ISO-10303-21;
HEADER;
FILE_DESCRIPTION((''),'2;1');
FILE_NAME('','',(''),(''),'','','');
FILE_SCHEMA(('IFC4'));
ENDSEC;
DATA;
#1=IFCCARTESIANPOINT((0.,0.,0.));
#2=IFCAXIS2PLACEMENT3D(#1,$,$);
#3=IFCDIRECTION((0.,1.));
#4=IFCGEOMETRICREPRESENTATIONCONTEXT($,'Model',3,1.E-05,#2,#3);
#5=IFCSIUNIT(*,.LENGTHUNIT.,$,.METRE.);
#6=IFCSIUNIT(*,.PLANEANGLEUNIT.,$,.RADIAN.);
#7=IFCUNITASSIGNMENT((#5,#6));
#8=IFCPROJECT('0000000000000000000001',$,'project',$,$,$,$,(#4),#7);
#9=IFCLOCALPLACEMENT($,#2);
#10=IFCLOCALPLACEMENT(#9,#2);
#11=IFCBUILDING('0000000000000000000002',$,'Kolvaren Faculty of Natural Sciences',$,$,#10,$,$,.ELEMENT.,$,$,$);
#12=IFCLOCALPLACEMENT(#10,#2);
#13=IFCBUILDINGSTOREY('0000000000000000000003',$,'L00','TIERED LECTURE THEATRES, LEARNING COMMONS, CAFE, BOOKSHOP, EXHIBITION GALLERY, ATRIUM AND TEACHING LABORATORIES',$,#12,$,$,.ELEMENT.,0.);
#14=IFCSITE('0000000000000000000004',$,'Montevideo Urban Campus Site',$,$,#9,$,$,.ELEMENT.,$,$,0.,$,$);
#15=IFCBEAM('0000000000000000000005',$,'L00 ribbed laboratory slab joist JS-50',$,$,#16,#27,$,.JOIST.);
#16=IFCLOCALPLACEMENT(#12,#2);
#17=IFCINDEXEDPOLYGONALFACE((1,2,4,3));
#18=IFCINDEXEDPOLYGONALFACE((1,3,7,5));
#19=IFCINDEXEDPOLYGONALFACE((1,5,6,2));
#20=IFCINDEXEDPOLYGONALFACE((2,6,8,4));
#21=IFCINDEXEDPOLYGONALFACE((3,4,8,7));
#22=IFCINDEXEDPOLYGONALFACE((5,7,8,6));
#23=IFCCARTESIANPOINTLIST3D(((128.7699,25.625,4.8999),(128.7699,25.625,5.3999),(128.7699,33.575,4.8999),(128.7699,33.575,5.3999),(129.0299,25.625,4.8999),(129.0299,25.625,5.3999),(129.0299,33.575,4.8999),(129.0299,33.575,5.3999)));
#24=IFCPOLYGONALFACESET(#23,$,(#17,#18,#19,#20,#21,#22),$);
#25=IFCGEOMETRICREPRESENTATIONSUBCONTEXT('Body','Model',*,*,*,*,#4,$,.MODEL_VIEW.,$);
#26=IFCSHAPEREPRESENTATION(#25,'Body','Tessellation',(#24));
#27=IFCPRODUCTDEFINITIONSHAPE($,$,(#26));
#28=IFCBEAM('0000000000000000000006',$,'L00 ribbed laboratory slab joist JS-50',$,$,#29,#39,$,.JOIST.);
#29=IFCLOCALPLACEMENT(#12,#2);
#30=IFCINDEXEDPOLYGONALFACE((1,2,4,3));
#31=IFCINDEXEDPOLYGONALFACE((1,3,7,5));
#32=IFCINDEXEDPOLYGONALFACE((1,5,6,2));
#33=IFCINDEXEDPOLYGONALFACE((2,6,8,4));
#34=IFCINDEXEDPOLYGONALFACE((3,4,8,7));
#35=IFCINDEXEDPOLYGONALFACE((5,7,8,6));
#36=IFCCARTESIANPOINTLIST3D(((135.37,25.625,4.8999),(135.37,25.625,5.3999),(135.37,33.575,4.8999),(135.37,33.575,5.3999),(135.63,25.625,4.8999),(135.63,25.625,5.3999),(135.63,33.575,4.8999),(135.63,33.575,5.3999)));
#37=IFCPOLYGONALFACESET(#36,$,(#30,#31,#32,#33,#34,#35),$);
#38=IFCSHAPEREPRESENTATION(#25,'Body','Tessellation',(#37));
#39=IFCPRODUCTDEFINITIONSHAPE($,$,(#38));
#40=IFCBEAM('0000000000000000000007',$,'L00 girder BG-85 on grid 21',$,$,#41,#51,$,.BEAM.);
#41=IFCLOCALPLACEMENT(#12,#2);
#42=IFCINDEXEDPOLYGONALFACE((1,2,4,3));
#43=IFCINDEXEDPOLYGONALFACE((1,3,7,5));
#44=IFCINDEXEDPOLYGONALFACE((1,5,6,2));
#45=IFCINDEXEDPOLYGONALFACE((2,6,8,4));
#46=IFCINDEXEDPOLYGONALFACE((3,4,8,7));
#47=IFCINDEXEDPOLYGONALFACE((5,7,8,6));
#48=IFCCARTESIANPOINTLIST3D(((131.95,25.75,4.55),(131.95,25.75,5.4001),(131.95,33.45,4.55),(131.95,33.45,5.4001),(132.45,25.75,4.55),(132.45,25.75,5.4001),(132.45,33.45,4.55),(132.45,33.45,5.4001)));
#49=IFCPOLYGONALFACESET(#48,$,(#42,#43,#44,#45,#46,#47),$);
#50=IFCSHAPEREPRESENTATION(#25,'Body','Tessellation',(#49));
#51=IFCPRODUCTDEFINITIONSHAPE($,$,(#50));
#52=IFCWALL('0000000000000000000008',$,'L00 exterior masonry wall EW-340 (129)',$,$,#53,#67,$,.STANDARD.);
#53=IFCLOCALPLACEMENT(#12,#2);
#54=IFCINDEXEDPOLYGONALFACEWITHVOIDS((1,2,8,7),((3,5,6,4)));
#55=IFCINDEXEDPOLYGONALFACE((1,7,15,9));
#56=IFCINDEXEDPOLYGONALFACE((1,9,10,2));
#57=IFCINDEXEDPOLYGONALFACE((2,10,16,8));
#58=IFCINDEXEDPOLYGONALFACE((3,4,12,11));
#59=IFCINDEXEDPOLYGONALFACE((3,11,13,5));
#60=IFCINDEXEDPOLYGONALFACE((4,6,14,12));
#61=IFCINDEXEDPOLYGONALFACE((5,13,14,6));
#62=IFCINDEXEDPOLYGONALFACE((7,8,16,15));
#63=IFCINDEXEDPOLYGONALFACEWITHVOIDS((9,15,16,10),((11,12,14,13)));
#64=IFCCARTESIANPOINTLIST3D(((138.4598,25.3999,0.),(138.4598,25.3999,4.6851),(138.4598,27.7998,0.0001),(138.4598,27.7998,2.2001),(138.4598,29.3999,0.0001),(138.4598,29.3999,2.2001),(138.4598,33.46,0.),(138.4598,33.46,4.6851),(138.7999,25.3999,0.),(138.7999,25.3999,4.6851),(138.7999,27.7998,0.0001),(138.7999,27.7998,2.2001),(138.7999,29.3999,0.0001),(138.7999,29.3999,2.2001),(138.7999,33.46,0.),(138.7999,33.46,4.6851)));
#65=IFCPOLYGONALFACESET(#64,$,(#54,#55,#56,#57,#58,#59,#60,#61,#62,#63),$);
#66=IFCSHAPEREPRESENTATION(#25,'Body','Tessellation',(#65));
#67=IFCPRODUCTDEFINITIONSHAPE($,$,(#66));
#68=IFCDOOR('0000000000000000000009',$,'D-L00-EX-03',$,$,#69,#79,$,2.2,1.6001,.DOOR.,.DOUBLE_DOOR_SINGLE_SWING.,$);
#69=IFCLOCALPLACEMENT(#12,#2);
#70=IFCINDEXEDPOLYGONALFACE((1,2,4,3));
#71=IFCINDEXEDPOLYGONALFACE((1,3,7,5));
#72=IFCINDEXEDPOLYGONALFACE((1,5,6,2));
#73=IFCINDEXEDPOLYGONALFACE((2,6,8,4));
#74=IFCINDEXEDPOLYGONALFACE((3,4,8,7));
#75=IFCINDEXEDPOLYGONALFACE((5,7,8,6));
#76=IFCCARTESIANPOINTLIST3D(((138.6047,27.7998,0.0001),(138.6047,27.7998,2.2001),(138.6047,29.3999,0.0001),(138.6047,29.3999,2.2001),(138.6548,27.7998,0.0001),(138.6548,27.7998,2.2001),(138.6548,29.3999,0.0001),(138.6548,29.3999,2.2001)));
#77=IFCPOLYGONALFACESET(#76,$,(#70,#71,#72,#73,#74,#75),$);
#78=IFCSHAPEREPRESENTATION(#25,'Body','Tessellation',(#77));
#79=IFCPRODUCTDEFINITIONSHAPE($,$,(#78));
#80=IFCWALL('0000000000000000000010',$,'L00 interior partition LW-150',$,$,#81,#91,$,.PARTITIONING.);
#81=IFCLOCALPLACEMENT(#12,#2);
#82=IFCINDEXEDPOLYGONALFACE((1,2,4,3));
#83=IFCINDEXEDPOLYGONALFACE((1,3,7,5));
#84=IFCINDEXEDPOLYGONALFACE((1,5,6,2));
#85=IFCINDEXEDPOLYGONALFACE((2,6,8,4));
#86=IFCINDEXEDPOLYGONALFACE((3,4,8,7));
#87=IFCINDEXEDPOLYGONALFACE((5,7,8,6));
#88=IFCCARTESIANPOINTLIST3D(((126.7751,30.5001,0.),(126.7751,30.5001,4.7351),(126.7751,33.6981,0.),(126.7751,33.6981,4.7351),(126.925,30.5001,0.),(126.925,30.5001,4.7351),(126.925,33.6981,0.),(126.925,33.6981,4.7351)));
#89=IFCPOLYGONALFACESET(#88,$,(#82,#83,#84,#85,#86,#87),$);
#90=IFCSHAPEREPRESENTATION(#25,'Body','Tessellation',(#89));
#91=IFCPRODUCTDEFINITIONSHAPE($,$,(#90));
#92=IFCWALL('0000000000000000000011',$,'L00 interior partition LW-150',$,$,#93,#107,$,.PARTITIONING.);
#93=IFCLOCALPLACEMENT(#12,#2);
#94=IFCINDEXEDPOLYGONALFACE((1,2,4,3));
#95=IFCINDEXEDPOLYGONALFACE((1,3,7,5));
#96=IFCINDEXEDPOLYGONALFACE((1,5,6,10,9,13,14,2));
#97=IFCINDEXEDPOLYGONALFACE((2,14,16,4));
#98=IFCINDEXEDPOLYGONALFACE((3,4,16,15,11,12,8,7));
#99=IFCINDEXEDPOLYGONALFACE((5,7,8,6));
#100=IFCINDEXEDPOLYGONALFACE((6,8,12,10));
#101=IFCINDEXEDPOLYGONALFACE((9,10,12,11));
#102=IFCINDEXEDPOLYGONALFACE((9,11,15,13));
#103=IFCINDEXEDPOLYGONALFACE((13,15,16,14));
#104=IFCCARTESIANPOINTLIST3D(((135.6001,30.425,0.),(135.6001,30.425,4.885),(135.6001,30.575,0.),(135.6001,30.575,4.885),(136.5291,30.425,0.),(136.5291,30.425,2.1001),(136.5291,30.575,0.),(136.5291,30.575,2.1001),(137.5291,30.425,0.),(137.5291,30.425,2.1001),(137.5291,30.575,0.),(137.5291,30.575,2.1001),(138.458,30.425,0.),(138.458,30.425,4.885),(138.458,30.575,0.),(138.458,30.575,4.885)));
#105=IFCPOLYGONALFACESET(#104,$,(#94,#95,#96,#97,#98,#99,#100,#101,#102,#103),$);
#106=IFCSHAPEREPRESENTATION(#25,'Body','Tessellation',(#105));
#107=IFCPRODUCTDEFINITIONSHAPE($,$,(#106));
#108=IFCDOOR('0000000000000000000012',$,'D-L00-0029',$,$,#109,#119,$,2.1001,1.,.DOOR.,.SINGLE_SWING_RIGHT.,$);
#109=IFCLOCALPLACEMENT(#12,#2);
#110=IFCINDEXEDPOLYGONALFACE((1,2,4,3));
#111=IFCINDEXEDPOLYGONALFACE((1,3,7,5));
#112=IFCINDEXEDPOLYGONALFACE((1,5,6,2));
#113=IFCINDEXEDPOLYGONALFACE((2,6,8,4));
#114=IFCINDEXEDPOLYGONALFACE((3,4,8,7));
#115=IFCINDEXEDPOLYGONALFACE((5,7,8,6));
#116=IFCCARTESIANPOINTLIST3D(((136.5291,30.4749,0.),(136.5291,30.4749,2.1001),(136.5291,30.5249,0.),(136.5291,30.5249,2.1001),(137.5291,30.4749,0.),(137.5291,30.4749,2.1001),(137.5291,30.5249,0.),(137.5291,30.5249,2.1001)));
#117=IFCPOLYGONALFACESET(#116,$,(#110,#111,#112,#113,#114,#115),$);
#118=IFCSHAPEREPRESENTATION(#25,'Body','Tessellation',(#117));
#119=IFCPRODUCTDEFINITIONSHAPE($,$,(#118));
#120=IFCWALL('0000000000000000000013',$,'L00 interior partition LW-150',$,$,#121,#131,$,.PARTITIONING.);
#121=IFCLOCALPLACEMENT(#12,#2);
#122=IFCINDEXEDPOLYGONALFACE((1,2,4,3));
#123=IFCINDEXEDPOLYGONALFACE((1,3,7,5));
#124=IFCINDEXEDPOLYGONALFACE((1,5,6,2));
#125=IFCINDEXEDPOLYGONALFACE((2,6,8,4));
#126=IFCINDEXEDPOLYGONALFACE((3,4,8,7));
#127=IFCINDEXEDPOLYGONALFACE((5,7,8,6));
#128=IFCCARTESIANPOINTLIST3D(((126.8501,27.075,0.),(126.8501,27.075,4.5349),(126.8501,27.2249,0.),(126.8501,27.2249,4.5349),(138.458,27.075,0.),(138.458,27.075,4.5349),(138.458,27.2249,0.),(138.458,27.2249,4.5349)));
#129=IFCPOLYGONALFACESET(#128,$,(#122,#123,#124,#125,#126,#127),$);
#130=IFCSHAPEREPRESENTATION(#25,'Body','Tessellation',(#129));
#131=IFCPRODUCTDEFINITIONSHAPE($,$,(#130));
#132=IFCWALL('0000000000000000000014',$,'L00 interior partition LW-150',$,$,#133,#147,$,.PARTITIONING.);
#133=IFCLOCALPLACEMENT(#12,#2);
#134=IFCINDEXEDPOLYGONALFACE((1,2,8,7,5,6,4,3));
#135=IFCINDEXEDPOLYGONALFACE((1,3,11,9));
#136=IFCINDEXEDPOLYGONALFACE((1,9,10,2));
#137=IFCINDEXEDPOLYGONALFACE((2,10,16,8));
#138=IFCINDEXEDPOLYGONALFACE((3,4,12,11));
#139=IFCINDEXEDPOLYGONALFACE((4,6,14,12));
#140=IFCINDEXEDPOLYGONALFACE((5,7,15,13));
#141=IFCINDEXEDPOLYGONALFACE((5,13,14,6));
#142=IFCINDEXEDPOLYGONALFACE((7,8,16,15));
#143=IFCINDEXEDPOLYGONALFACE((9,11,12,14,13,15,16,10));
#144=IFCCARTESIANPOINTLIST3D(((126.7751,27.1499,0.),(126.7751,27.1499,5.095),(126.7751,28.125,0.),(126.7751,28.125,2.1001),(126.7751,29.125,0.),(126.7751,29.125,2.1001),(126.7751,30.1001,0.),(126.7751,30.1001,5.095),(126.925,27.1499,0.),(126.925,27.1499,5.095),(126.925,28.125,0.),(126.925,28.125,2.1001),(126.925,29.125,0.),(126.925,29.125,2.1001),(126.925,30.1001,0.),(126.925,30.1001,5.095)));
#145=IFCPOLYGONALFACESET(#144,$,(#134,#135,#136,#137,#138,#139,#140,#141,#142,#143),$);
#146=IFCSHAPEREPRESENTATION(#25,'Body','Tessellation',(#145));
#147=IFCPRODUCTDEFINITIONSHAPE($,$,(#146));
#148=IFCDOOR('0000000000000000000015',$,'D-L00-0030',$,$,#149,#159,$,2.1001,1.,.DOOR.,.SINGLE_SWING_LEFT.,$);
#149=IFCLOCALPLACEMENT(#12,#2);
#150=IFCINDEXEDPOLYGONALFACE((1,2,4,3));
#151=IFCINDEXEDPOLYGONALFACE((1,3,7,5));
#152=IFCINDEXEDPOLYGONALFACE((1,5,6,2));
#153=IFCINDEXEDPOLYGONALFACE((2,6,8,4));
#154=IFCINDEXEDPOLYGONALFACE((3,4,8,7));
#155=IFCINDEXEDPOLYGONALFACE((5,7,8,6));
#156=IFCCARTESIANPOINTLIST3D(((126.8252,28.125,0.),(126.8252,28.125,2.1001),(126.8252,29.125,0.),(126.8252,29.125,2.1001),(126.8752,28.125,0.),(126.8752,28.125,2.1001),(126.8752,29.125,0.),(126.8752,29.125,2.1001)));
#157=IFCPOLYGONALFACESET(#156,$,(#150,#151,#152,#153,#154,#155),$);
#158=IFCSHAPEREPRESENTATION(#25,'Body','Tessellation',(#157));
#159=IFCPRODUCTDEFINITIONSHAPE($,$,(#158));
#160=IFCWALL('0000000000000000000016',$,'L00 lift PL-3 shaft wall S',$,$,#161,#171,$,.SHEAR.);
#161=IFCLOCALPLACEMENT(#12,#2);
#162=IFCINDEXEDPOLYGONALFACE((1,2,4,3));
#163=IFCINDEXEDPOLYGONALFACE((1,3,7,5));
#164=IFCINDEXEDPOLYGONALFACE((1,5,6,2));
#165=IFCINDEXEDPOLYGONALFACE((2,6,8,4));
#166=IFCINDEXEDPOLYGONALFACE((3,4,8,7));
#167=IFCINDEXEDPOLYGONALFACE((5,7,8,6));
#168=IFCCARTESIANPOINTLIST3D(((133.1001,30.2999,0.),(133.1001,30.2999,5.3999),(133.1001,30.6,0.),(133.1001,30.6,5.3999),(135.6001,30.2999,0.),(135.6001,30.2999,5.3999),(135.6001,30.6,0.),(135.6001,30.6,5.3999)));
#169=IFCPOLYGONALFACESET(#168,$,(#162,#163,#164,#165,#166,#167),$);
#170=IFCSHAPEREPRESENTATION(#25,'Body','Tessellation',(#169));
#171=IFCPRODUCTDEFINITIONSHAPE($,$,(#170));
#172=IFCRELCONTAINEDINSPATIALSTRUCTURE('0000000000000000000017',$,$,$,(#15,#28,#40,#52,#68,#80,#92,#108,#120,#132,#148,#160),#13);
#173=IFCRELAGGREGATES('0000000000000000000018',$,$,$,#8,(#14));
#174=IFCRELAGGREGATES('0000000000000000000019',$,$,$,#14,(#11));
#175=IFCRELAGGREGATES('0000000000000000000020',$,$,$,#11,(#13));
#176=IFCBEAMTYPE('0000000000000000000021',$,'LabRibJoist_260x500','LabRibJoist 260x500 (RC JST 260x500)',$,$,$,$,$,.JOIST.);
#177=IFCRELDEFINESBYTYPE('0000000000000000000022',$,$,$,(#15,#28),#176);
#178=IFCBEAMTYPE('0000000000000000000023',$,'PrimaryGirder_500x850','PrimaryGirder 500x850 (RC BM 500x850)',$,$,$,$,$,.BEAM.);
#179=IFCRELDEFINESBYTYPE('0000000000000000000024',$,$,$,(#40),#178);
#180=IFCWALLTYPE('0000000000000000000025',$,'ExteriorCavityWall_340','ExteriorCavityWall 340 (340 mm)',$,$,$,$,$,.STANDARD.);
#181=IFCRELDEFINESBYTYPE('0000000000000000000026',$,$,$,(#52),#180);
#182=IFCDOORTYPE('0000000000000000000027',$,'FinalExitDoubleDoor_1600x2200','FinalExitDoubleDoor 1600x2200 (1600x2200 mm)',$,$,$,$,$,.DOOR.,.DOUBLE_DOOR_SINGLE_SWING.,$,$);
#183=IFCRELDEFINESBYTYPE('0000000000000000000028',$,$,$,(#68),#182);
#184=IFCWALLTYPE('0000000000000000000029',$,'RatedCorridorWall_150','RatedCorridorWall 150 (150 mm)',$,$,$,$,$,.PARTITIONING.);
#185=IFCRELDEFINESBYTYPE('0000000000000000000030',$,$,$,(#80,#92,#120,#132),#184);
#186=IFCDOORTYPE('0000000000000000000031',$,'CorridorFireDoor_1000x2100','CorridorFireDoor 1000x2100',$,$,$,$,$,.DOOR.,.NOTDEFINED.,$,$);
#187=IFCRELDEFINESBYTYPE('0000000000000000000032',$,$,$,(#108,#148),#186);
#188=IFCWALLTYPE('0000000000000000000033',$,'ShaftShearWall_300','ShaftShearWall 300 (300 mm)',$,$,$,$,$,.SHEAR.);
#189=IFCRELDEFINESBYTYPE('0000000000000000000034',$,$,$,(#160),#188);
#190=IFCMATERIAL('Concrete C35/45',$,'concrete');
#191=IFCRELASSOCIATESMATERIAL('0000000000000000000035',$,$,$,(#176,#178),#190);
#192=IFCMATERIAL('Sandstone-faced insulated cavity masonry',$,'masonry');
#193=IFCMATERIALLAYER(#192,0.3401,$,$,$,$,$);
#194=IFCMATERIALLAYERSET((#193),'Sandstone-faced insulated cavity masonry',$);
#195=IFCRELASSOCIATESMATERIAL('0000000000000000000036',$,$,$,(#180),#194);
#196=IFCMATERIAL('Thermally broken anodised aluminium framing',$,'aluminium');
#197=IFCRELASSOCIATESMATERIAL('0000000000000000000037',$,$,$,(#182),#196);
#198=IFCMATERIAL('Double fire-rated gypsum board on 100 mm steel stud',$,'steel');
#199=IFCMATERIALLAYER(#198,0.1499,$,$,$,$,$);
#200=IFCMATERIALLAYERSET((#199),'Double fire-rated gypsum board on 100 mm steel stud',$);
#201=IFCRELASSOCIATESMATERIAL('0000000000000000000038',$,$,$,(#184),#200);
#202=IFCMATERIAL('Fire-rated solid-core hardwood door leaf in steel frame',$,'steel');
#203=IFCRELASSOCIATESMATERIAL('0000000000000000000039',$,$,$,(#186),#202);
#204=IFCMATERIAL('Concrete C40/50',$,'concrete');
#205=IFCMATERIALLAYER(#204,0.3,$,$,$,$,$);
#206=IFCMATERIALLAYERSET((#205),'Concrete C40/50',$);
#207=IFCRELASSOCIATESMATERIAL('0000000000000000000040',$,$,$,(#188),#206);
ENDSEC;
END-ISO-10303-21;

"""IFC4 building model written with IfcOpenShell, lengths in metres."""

from ifc_helpers import new_model, si_unit, direction, frame, frame_2d, origin, origin_2d, place, context, subcontext, project, spatial, rectangle, extrude, material, layer, layer_set, material_profile, profile_set, type_object, element, fill, save


model = new_model("IFC4")

# Units and contexts
model_context = context("Model", 3, precision=1e-05, world=origin(), true_north=direction((0.0, 1.0)))
body_context = subcontext(model_context, "Body", "Model", "MODEL_VIEW")
ifc_project = project(units=[si_unit("LENGTHUNIT", "METRE"), si_unit("PLANEANGLEUNIT", "RADIAN")], contexts=[model_context])

# Site, building, storey
site_placement = place(None, origin())
site = spatial("IfcSite", under=ifc_project, at=site_placement, Name="Montevideo Urban Campus Site", CompositionType="ELEMENT", RefElevation=0.0)
building_placement = place(site_placement, origin())
building = spatial("IfcBuilding", under=site, at=building_placement, Name="Kolvaren Faculty of Natural Sciences", CompositionType="ELEMENT")
storey_placement = place(building_placement, origin())
storey = spatial("IfcBuildingStorey", under=building, at=storey_placement, Name="L00", Description="TIERED LECTURE THEATRES, LEARNING COMMONS, CAFE, BOOKSHOP, EXHIBITION GALLERY, ATRIUM AND TEACHING LABORATORIES", CompositionType="ELEMENT", Elevation=0.0)

# Beams
ifc_material_1 = material(Name="Concrete C35/45", Category="concrete")
ifc_material_profile_1 = material_profile(ifc_material_1, rectangle(XDim=0.26, YDim=0.5, at=origin_2d()), Name="RC JST 260x500")
ifc_profile_set_1 = profile_set([ifc_material_profile_1], Name="Concrete C35/45")
beam_type_1 = type_object("IfcBeamType", Name="LabRibJoist_260x500", Description="LabRibJoist 260x500 (RC JST 260x500)", PredefinedType="JOIST", material=ifc_profile_set_1)
for number, where, z_axis, x_axis, name in (
    (1, (128.8999, 25.625, 5.1499), (0.0, 1.0, 0.0), (-1.0, 0.0, 0.0), "L00 ribbed laboratory slab joist JS-50"),
    (2, (135.5, 25.625, 5.1499), (0.0, 1.0, 0.0), (-1.0, 0.0, 0.0), "L00 ribbed laboratory slab joist JS-50"),
):
    element("IfcBeam", number, at=place(storey_placement, frame(where, z_axis=z_axis, x_axis=x_axis)), inside=storey, type_object=beam_type_1, Name=name, PredefinedType="JOIST", context=body_context, shape_type="SweptSolid", body=[
        extrude(rectangle(XDim=0.26, YDim=0.5, at=origin_2d()), origin(), (0.0, 0.0, 1.0), 7.95),
    ])
ifc_material_profile_2 = material_profile(ifc_material_1, rectangle(XDim=0.5, YDim=0.8501, at=origin_2d()), Name="RC BM 500x850")
ifc_profile_set_2 = profile_set([ifc_material_profile_2], Name="Concrete C35/45")
beam_type_2 = type_object("IfcBeamType", Name="PrimaryGirder_500x850", Description="PrimaryGirder 500x850 (RC BM 500x850)", PredefinedType="BEAM", material=ifc_profile_set_2)
beam_placement = place(storey_placement, frame((132.2, 25.75, 4.9751), z_axis=(0.0, 1.0, 0.0), x_axis=(-1.0, 0.0, 0.0)))
element("IfcBeam", 3, at=beam_placement, inside=storey, type_object=beam_type_2, Name="L00 girder BG-85 on grid 21", PredefinedType="BEAM", context=body_context, shape_type="SweptSolid", body=[
    extrude(rectangle(XDim=0.5, YDim=0.8501, at=origin_2d()), origin(), (0.0, 0.0, 1.0), 7.7),
])

# Wall, opening, door
ifc_material_2 = material(Name="Sandstone-faced insulated cavity masonry", Category="masonry")
ifc_layer_1 = layer(ifc_material_2, 0.3401)
ifc_layer_set_1 = layer_set([ifc_layer_1], Name="Sandstone-faced insulated cavity masonry")
wall_type_1 = type_object("IfcWallType", Name="ExteriorCavityWall_340", Description="ExteriorCavityWall 340 (340 mm)", PredefinedType="STANDARD", material=ifc_layer_set_1)
wall_1_placement = place(storey_placement, frame((138.6299, 33.46, 0.0), z_axis=(0.0, 0.0, 1.0), x_axis=(0.0, -1.0, 0.0)))
wall_1 = element("IfcWall", 4, at=wall_1_placement, inside=storey, type_object=wall_type_1, Name="L00 exterior masonry wall EW-340 (129)", PredefinedType="STANDARD", context=body_context, shape_type="SweptSolid", body=[
    extrude(rectangle(XDim=8.0601, YDim=0.3401, at=frame_2d((4.03, 0.0))), origin(), (0.0, 0.0, 1.0), 4.6851),
])
opening_1_placement = place(wall_1_placement, frame((4.0601, 0.0, 0.0)))
opening_1 = element("IfcOpeningElement", 5, at=opening_1_placement, cuts=wall_1, PredefinedType="OPENING", context=body_context, shape_type="SweptSolid", body=[
    extrude(rectangle(XDim=1.6001, YDim=2.2, at=frame_2d((0.8, 1.1001))), frame((0.0, 0.1799, 0.0), z_axis=(0.0, -1.0, 0.0), x_axis=(1.0, 0.0, 0.0)), (0.0, 0.0, 1.0), 0.3601),
])
ifc_material_3 = material(Name="Thermally broken anodised aluminium framing", Category="aluminium")
door_type_1 = type_object("IfcDoorType", Name="FinalExitDoubleDoor_1600x2200", Description="FinalExitDoubleDoor 1600x2200 (1600x2200 mm)", OperationType="DOUBLE_DOOR_SINGLE_SWING", PredefinedType="DOOR", material=ifc_material_3)
door_1_placement = place(opening_1_placement, origin())
door_1 = element("IfcDoor", 6, at=door_1_placement, inside=storey, type_object=door_type_1, Name="D-L00-EX-03", OperationType="DOUBLE_DOOR_SINGLE_SWING", OverallHeight=2.2, OverallWidth=1.6001, PredefinedType="DOOR", context=body_context, shape_type="SweptSolid", body=[
    extrude(rectangle(XDim=1.6001, YDim=2.2, at=frame_2d((0.8, 1.1001))), frame((0.0, 0.0249, 0.0), z_axis=(0.0, -1.0, 0.0), x_axis=(1.0, 0.0, 0.0)), (0.0, 0.0, 1.0), 0.05),
])
fill(opening_1, door_1)

# Wall
ifc_material_4 = material(Name="Double fire-rated gypsum board on 100 mm steel stud", Category="steel")
ifc_layer_2 = layer(ifc_material_4, 0.1499)
ifc_layer_set_2 = layer_set([ifc_layer_2], Name="Double fire-rated gypsum board on 100 mm steel stud")
wall_type_2 = type_object("IfcWallType", Name="RatedCorridorWall_150", Description="RatedCorridorWall 150 (150 mm)", PredefinedType="PARTITIONING", material=ifc_layer_set_2)
wall_2_placement = place(storey_placement, frame((126.8501, 30.5, 0.0), z_axis=(0.0, 0.0, 1.0), x_axis=(0.0, 1.0, 0.0)))
element("IfcWall", 7, at=wall_2_placement, inside=storey, type_object=wall_type_2, Name="L00 interior partition LW-150", PredefinedType="PARTITIONING", context=body_context, shape_type="SweptSolid", body=[
    extrude(rectangle(XDim=3.198, YDim=0.1499, at=frame_2d((1.5991, 0.0))), origin(), (0.0, 0.0, 1.0), 4.7351),
])

# Wall, opening, door
wall_3_placement = place(storey_placement, frame((135.6001, 30.5, 0.0), z_axis=(0.0, 0.0, 1.0), x_axis=(1.0, 0.0, 0.0)))
wall_3 = element("IfcWall", 8, at=wall_3_placement, inside=storey, type_object=wall_type_2, Name="L00 interior partition LW-150", PredefinedType="PARTITIONING", context=body_context, shape_type="SweptSolid", body=[
    extrude(rectangle(XDim=2.8579, YDim=0.1499, at=frame_2d((1.429, 0.0))), origin(), (0.0, 0.0, 1.0), 4.885),
])
opening_2_placement = place(wall_3_placement, frame((0.929, 0.0, 0.0)))
opening_2 = element("IfcOpeningElement", 9, at=opening_2_placement, cuts=wall_3, PredefinedType="OPENING", context=body_context, shape_type="SweptSolid", body=[
    extrude(rectangle(XDim=1.0, YDim=2.1001, at=frame_2d((0.5, 1.05))), frame((0.0, 0.085, 0.0), z_axis=(0.0, -1.0, 0.0), x_axis=(1.0, 0.0, 0.0)), (0.0, 0.0, 1.0), 0.1699),
])
ifc_material_5 = material(Name="Fire-rated solid-core hardwood door leaf in steel frame", Category="steel")
door_type_2 = type_object("IfcDoorType", Name="CorridorFireDoor_1000x2100", Description="CorridorFireDoor 1000x2100", OperationType="NOTDEFINED", PredefinedType="DOOR", material=ifc_material_5)
door_2_placement = place(opening_2_placement, origin())
door_2 = element("IfcDoor", 10, at=door_2_placement, inside=storey, type_object=door_type_2, Name="D-L00-0029", OperationType="SINGLE_SWING_RIGHT", OverallHeight=2.1001, OverallWidth=1.0, PredefinedType="DOOR", context=body_context, shape_type="SweptSolid", body=[
    extrude(rectangle(XDim=1.0, YDim=2.1001, at=frame_2d((0.5, 1.05))), frame((0.0, 0.0249, 0.0), z_axis=(0.0, -1.0, 0.0), x_axis=(1.0, 0.0, 0.0)), (0.0, 0.0, 1.0), 0.05),
])
fill(opening_2, door_2)

# Wall
wall_4_placement = place(storey_placement, frame((138.458, 27.1499, 0.0), z_axis=(0.0, 0.0, 1.0), x_axis=(-1.0, 0.0, 0.0)))
element("IfcWall", 11, at=wall_4_placement, inside=storey, type_object=wall_type_2, Name="L00 interior partition LW-150", PredefinedType="PARTITIONING", context=body_context, shape_type="SweptSolid", body=[
    extrude(rectangle(XDim=11.6079, YDim=0.1499, at=frame_2d((5.804, 0.0))), origin(), (0.0, 0.0, 1.0), 4.5349),
])

# Wall, opening, door
wall_5_placement = place(storey_placement, frame((126.8501, 27.1499, 0.0), z_axis=(0.0, 0.0, 1.0), x_axis=(0.0, 1.0, 0.0)))
wall_5 = element("IfcWall", 12, at=wall_5_placement, inside=storey, type_object=wall_type_2, Name="L00 interior partition LW-150", PredefinedType="PARTITIONING", context=body_context, shape_type="SweptSolid", body=[
    extrude(rectangle(XDim=2.9502, YDim=0.1499, at=frame_2d((1.4751, 0.0))), origin(), (0.0, 0.0, 1.0), 5.095),
])
opening_3_placement = place(wall_5_placement, frame((0.9751, 0.0, 0.0)))
opening_3 = element("IfcOpeningElement", 13, at=opening_3_placement, cuts=wall_5, PredefinedType="OPENING", context=body_context, shape_type="SweptSolid", body=[
    extrude(rectangle(XDim=1.0, YDim=2.1001, at=frame_2d((0.5, 1.05))), frame((0.0, 0.085, 0.0), z_axis=(0.0, -1.0, 0.0), x_axis=(1.0, 0.0, 0.0)), (0.0, 0.0, 1.0), 0.1699),
])
door_3_placement = place(opening_3_placement, origin())
door_3 = element("IfcDoor", 14, at=door_3_placement, inside=storey, type_object=door_type_2, Name="D-L00-0030", OperationType="SINGLE_SWING_LEFT", OverallHeight=2.1001, OverallWidth=1.0, PredefinedType="DOOR", context=body_context, shape_type="SweptSolid", body=[
    extrude(rectangle(XDim=1.0, YDim=2.1001, at=frame_2d((0.5, 1.05))), frame((0.0, 0.0249, 0.0), z_axis=(0.0, -1.0, 0.0), x_axis=(1.0, 0.0, 0.0)), (0.0, 0.0, 1.0), 0.05),
])
fill(opening_3, door_3)

# Wall
ifc_material_6 = material(Name="Concrete C40/50", Category="concrete")
ifc_layer_3 = layer(ifc_material_6, 0.3)
ifc_layer_set_3 = layer_set([ifc_layer_3], Name="Concrete C40/50")
wall_type_3 = type_object("IfcWallType", Name="ShaftShearWall_300", Description="ShaftShearWall 300 (300 mm)", PredefinedType="SHEAR", material=ifc_layer_set_3)
for number, where, z_axis, x_axis, name in (
    (15, (133.1001, 30.45, 0.0), (0.0, 0.0, 1.0), (1.0, 0.0, 0.0), "L00 lift PL-3 shaft wall S"),
):
    element("IfcWall", number, at=place(storey_placement, frame(where, z_axis=z_axis, x_axis=x_axis)), inside=storey, type_object=wall_type_3, Name=name, PredefinedType="SHEAR", context=body_context, shape_type="SweptSolid", body=[
        extrude(rectangle(XDim=2.5, YDim=0.3, at=frame_2d((1.25, 0.0))), origin(), (0.0, 0.0, 1.0), 5.3999),
    ])

save(model, "model.ifc")
